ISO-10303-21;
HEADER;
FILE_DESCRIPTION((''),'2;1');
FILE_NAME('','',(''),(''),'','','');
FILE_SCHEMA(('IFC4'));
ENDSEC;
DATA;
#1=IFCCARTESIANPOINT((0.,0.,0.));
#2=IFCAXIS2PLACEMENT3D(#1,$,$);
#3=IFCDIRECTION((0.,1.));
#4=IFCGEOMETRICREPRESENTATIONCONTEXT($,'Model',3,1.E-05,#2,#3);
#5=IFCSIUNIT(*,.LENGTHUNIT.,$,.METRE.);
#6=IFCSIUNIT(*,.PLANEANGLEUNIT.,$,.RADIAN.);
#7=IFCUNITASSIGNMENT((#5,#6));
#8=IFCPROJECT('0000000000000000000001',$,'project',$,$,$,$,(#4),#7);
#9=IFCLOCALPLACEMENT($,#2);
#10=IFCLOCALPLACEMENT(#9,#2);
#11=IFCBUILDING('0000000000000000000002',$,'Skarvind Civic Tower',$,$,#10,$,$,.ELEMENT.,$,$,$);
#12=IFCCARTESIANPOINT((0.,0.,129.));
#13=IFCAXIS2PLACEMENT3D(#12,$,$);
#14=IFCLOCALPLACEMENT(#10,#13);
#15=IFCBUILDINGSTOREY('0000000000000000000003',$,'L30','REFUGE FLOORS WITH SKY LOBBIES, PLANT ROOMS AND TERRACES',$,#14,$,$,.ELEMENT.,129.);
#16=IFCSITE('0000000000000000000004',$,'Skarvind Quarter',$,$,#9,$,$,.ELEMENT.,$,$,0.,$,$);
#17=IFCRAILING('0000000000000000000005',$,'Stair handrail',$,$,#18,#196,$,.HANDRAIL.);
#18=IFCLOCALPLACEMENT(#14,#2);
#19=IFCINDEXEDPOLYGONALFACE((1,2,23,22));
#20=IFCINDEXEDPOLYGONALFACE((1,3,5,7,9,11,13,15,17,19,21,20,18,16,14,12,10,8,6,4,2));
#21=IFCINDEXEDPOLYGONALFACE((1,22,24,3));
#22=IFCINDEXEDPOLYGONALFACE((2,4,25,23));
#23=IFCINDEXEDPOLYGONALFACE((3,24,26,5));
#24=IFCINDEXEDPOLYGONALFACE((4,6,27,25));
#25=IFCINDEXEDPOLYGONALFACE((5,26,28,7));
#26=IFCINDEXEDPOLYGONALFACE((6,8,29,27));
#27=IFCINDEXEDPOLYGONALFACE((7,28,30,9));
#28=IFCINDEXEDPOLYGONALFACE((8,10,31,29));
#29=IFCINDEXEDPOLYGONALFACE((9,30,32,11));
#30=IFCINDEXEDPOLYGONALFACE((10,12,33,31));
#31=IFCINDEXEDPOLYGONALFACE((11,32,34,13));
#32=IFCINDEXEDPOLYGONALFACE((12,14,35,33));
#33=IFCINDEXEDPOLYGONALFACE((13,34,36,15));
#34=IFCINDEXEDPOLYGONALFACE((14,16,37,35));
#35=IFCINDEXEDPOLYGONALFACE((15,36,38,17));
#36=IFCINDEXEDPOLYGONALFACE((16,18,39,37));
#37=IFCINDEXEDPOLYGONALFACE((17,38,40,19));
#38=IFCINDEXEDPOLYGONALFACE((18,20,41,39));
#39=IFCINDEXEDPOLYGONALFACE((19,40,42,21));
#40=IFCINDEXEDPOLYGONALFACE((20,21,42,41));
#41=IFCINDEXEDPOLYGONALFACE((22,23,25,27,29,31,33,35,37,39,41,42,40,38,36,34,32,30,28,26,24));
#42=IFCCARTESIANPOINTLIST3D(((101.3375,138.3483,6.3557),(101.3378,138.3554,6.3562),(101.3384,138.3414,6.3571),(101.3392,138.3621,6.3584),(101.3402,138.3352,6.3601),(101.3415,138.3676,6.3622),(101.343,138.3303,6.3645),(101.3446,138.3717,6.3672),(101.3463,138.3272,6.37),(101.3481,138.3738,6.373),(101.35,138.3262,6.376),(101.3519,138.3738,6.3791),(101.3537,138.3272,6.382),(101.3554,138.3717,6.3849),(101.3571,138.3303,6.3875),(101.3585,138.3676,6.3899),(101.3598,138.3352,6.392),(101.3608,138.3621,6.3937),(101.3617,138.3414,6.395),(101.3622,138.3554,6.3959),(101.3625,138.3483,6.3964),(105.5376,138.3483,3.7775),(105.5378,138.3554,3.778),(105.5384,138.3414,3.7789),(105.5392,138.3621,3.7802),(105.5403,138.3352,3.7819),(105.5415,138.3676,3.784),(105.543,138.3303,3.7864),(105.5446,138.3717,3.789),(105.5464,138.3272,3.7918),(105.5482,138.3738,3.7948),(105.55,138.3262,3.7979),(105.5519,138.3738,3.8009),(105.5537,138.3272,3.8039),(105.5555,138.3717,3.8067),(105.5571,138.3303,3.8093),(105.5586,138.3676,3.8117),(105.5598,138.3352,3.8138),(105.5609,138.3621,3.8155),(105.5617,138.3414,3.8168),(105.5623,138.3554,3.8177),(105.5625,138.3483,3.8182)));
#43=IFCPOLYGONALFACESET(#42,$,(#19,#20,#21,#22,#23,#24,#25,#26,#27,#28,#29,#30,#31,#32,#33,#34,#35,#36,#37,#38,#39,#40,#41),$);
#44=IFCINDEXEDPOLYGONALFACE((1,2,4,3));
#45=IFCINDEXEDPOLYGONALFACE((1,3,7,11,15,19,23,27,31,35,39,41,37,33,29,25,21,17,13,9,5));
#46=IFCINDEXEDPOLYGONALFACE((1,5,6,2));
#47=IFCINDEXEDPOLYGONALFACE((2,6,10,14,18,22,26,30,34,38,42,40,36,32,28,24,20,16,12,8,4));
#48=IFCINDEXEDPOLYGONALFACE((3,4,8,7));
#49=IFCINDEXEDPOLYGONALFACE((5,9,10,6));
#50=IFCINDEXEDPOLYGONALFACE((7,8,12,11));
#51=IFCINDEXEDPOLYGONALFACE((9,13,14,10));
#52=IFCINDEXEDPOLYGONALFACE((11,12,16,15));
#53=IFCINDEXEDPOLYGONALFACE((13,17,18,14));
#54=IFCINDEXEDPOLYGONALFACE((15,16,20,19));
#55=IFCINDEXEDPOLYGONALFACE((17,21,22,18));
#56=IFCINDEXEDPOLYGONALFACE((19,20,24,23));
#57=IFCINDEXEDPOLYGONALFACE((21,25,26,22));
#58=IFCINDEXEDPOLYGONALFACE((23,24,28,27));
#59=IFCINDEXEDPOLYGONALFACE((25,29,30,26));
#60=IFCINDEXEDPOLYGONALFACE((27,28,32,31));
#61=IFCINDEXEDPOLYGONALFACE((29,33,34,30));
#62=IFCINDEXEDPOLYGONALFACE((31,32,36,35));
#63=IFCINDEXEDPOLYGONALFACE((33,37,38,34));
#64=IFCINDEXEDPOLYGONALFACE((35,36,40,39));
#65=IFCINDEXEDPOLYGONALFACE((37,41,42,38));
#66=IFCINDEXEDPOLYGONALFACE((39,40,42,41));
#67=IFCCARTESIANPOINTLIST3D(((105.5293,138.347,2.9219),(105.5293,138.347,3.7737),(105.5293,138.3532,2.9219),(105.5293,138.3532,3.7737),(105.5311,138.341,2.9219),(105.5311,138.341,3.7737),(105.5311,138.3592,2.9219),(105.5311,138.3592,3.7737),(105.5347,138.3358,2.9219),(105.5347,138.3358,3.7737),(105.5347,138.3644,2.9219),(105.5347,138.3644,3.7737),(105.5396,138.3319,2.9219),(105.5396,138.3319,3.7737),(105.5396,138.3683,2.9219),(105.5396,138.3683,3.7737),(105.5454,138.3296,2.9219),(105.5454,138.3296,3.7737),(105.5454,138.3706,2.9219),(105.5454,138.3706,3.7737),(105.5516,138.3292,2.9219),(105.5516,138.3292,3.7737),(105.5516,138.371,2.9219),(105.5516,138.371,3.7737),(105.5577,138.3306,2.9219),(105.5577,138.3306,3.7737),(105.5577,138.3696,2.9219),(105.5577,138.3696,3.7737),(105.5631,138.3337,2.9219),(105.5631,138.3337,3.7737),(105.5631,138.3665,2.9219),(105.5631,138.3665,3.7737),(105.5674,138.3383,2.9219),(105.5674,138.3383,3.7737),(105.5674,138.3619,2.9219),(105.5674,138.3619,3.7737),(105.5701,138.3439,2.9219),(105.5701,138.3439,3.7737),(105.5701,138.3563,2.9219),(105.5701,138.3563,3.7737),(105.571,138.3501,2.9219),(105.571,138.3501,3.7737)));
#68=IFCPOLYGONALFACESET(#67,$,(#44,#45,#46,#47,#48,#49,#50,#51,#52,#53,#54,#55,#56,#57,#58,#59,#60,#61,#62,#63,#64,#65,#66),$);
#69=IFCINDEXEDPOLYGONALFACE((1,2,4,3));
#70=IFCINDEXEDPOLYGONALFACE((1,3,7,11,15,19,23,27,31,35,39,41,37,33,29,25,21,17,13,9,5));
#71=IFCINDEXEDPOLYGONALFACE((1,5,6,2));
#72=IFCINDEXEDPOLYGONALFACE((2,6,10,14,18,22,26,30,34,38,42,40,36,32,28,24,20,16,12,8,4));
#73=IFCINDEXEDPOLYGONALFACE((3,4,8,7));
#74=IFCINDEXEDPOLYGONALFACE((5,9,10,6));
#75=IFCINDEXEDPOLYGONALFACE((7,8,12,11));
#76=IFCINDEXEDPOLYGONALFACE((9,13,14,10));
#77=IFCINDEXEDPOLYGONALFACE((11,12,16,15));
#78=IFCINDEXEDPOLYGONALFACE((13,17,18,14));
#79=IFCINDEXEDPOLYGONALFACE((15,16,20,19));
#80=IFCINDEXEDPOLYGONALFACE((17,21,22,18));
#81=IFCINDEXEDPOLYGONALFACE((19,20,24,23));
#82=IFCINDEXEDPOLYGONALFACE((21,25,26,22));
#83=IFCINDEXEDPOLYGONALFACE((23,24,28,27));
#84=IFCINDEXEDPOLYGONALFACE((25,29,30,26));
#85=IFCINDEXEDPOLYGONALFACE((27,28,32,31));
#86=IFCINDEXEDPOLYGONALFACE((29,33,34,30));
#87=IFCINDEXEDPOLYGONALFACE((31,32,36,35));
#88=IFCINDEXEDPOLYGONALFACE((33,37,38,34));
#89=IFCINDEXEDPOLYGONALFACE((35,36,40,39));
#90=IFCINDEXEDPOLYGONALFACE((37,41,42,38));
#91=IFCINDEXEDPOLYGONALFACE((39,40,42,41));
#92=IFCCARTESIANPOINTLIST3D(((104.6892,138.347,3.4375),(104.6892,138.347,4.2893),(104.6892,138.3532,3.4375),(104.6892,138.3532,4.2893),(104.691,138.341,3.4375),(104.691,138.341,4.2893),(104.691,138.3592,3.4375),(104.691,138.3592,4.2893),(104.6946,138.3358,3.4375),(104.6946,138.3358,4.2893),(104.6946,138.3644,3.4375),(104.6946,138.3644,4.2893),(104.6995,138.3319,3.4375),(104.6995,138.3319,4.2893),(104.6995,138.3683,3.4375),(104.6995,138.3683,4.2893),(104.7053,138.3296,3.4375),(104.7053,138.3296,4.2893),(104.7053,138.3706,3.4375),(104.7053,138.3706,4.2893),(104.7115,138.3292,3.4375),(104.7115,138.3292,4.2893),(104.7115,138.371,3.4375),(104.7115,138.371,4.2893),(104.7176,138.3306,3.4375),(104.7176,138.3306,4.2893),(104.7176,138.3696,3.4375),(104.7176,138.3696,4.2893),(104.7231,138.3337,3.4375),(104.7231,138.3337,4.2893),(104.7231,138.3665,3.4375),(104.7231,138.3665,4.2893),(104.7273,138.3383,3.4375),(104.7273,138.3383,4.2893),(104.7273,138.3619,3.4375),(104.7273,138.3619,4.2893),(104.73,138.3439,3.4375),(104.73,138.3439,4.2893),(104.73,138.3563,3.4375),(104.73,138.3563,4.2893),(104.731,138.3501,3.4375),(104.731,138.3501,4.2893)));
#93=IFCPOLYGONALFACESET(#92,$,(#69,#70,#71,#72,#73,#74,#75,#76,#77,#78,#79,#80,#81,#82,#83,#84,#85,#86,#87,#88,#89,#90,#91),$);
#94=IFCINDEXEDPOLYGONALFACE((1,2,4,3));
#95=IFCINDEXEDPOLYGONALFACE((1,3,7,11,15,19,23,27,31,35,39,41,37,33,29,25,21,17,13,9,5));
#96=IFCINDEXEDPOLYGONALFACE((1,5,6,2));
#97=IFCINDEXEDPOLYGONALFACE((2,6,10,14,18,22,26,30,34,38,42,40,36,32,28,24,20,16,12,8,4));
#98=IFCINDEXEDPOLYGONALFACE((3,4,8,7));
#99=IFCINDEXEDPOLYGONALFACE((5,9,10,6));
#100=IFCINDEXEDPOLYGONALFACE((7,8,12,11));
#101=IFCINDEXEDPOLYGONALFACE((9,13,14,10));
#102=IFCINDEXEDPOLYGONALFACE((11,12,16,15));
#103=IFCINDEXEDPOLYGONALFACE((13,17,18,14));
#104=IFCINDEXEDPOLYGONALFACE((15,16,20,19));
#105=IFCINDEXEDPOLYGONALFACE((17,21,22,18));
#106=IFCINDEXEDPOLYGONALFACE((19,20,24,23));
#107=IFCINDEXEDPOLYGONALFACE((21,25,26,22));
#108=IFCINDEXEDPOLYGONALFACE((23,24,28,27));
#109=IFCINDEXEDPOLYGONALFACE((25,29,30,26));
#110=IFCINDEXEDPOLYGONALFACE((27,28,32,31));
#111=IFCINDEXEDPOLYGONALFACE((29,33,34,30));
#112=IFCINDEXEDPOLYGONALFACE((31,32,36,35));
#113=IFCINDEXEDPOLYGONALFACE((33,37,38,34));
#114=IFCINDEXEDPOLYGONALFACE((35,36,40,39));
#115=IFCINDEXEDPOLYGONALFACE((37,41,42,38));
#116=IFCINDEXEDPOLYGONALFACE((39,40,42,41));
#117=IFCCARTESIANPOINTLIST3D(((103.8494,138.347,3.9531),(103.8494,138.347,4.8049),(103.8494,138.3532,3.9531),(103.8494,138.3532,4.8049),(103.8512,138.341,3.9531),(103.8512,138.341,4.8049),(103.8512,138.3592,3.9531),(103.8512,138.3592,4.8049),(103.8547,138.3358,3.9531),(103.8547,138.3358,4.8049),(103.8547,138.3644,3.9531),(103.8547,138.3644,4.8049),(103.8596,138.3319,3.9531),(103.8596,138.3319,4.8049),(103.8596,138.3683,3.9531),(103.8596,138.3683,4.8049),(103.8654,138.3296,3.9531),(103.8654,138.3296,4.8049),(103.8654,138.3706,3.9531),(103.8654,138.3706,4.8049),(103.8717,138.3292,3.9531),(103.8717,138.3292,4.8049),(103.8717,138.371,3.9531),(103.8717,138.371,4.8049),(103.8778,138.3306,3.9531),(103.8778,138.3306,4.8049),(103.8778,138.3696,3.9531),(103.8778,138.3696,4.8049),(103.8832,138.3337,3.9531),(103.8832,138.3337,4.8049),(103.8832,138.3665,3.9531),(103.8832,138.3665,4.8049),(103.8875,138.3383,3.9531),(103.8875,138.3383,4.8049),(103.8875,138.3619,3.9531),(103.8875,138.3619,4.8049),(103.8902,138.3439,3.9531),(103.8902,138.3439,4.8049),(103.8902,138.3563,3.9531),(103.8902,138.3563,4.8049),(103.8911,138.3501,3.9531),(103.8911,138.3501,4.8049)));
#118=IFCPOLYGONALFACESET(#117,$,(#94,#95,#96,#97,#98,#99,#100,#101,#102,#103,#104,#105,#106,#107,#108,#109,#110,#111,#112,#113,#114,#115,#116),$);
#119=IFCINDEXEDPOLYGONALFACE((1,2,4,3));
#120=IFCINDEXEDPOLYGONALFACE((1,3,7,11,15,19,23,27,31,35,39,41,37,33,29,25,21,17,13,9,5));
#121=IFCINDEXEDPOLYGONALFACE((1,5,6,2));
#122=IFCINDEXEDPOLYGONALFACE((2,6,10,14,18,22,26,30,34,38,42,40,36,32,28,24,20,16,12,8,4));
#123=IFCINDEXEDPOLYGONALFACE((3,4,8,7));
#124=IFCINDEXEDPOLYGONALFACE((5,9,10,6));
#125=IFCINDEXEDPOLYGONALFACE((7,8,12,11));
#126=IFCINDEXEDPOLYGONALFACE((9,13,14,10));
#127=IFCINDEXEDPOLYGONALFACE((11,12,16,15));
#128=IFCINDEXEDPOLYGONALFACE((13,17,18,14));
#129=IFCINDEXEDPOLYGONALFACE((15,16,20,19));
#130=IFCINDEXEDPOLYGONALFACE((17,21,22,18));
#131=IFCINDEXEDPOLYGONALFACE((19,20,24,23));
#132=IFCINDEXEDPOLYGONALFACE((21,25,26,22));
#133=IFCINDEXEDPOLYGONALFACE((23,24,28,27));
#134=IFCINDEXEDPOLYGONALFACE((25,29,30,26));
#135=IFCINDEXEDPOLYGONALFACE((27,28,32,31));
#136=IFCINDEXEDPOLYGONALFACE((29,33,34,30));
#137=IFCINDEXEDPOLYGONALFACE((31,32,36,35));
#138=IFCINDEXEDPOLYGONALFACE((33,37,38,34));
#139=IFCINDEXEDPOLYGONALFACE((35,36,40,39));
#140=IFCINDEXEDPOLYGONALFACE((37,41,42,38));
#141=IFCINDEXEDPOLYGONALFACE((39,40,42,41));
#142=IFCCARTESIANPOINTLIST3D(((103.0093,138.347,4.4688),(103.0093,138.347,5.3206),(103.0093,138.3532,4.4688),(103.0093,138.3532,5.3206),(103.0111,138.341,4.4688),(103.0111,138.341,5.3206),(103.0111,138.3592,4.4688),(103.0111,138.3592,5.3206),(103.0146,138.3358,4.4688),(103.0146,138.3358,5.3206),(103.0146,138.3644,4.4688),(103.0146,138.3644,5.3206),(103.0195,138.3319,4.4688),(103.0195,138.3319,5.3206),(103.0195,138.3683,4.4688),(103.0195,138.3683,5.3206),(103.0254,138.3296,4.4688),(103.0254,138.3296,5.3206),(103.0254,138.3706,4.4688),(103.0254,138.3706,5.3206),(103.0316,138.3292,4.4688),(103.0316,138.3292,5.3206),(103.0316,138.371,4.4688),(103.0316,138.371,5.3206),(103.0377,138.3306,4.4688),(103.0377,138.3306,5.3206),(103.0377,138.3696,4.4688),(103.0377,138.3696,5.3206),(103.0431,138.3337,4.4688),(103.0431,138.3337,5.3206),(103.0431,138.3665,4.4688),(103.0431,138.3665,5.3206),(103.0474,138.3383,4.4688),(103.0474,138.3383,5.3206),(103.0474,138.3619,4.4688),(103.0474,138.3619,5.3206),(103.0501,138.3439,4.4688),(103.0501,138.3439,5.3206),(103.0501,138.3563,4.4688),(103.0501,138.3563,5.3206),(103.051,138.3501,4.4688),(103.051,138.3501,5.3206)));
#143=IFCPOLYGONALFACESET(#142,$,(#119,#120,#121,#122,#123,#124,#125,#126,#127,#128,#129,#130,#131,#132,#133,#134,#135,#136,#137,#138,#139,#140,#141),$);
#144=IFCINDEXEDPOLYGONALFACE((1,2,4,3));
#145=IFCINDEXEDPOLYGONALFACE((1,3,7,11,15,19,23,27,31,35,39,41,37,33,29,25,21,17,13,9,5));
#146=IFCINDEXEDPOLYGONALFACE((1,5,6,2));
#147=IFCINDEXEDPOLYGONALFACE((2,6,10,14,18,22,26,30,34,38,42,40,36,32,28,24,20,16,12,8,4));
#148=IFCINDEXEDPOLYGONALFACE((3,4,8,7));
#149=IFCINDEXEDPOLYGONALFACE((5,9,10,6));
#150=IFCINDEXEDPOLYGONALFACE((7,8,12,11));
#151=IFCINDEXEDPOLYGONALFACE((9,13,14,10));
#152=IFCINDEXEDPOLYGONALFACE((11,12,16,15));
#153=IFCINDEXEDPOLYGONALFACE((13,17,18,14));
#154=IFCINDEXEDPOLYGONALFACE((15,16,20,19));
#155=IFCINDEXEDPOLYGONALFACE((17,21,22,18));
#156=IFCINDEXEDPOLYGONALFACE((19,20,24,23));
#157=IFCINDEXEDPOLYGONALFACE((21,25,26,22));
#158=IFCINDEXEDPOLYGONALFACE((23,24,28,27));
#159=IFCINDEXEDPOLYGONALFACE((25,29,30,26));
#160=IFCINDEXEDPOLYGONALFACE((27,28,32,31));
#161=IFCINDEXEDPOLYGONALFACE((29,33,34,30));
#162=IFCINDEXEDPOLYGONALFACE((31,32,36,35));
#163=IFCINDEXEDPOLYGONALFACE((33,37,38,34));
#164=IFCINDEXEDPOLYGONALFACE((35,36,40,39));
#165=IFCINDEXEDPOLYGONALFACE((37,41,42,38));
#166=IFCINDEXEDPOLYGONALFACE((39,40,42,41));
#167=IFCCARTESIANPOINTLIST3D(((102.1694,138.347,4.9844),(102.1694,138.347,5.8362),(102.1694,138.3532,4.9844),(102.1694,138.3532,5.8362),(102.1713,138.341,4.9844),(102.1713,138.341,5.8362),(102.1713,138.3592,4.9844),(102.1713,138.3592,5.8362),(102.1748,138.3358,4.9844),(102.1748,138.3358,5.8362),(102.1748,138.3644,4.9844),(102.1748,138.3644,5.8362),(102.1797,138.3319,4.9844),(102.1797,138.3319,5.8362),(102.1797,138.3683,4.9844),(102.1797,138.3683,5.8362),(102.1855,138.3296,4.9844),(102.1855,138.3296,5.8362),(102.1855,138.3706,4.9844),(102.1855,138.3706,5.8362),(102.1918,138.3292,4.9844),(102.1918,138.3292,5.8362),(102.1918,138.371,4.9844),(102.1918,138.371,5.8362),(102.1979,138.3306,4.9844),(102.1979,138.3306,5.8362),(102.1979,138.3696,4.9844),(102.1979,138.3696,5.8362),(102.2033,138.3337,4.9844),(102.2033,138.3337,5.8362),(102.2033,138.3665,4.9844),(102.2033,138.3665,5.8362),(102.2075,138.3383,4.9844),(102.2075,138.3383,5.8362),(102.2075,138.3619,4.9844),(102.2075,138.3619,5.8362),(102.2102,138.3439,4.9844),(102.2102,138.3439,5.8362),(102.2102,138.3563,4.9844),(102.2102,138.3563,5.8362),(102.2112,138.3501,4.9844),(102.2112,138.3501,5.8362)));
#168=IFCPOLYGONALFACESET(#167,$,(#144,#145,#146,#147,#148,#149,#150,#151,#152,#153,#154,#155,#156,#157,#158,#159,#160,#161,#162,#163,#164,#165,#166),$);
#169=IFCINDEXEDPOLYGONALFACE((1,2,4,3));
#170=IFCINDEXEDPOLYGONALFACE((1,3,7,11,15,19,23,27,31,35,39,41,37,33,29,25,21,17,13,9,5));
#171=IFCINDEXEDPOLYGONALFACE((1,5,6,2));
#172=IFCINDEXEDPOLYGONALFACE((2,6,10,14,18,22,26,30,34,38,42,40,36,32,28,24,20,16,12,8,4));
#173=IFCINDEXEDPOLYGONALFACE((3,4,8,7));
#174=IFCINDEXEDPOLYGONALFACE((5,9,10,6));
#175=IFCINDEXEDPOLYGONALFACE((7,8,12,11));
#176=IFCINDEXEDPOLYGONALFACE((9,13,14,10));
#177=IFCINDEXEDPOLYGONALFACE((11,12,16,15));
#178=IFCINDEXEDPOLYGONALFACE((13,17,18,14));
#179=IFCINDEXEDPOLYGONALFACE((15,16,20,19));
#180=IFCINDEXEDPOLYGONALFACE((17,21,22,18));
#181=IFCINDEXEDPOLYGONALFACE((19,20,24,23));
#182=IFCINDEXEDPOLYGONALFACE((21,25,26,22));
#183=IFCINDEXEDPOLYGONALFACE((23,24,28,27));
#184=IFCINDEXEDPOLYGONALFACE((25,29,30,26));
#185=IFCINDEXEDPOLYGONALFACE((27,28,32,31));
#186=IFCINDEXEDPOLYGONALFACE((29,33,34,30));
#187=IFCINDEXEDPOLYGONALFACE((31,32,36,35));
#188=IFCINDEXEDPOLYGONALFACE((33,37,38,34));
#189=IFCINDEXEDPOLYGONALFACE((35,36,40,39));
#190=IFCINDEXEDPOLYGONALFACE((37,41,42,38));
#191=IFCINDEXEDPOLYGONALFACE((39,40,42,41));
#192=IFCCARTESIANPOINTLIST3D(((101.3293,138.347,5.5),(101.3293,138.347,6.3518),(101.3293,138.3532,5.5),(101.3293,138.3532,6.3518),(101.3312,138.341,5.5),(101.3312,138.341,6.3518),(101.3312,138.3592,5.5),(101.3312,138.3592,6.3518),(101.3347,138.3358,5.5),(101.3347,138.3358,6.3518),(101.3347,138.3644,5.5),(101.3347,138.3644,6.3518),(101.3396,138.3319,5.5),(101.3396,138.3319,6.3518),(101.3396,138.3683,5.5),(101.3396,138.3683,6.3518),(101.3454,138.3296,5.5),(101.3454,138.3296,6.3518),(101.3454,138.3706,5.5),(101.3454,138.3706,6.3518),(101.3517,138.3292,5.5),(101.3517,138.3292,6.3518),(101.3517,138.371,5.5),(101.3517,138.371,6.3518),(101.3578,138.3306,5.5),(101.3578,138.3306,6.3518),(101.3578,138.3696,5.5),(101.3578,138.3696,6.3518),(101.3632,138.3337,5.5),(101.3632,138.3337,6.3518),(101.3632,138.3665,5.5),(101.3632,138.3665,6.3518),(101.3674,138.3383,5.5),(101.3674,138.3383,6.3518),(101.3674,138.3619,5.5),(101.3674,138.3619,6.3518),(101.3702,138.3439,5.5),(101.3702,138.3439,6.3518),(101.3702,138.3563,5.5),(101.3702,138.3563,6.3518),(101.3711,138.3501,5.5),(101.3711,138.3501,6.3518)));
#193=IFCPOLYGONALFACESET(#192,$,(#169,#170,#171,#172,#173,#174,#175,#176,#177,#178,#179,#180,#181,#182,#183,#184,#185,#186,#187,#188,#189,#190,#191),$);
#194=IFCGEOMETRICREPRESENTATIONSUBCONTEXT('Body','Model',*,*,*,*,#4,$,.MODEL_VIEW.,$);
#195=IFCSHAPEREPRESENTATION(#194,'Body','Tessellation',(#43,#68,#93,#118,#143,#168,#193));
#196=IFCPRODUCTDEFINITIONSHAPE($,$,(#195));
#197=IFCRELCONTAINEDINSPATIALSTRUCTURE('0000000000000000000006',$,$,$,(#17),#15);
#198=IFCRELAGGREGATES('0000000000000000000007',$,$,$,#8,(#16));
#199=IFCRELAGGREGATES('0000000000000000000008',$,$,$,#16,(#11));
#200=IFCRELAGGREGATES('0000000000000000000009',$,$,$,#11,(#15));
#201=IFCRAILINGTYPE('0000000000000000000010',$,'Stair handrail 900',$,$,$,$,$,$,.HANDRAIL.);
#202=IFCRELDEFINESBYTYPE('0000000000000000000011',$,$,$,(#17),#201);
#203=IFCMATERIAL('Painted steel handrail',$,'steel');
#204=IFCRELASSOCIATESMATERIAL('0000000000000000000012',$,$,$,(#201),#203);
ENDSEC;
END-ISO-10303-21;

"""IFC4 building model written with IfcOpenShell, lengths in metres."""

from ifc_helpers import new_model, si_unit, direction, frame, origin, origin_2d, place, context, subcontext, project, spatial, circle, extrude, material, type_object, element, save


model = new_model("IFC4")

# Units and contexts
model_context = context("Model", 3, precision=1e-05, world=origin(), true_north=direction((0.0, 1.0)))
body_context = subcontext(model_context, "Body", "Model", "MODEL_VIEW")
ifc_project = project(units=[si_unit("LENGTHUNIT", "METRE"), si_unit("PLANEANGLEUNIT", "RADIAN")], contexts=[model_context])

# Site, building, storey
site_placement = place(None, origin())
site = spatial("IfcSite", under=ifc_project, at=site_placement, Name="Skarvind Quarter", CompositionType="ELEMENT", RefElevation=0.0)
building_placement = place(site_placement, origin())
building = spatial("IfcBuilding", under=site, at=building_placement, Name="Skarvind Civic Tower", CompositionType="ELEMENT")
storey_placement = place(building_placement, frame((0.0, 0.0, 129.0)))
storey = spatial("IfcBuildingStorey", under=building, at=storey_placement, Name="L30", Description="REFUGE FLOORS WITH SKY LOBBIES, PLANT ROOMS AND TERRACES", CompositionType="ELEMENT", Elevation=129.0)

# Railing
ifc_material_1 = material(Name="Painted steel handrail", Category="steel")
railing_type = type_object("IfcRailingType", Name="Stair handrail 900", PredefinedType="HANDRAIL", material=ifc_material_1)
railing_1_placement = place(storey_placement, frame((105.55, 138.3501, 2.9219)))
element("IfcRailing", 1, at=railing_1_placement, inside=storey, type_object=railing_type, Name="Stair handrail", PredefinedType="HANDRAIL", context=body_context, shape_type="SweptSolid", body=[
    extrude(circle(Radius=0.0239, at=origin_2d()), frame((0.0, 0.0, 0.876), z_axis=(-0.852243, 0.0, 0.523146), x_axis=(0.0, -1.0, 0.0)), (0.0, 0.0, 1.0), 4.9282),
    extrude(circle(Radius=0.021, at=origin_2d()), origin(), (0.0, 0.0, 1.0), 0.8518),
    extrude(circle(Radius=0.021, at=origin_2d()), frame((-0.8401, 0.0, 0.5156)), (0.0, 0.0, 1.0), 0.8518),
    extrude(circle(Radius=0.021, at=origin_2d()), frame((-1.6799, 0.0, 1.0312)), (0.0, 0.0, 1.0), 0.8518),
    extrude(circle(Radius=0.021, at=origin_2d()), frame((-2.52, 0.0, 1.5469)), (0.0, 0.0, 1.0), 0.8518),
    extrude(circle(Radius=0.021, at=origin_2d()), frame((-3.3599, 0.0, 2.0625)), (0.0, 0.0, 1.0), 0.8518),
    extrude(circle(Radius=0.021, at=origin_2d()), frame((-4.2, 0.0, 2.5781)), (0.0, 0.0, 1.0), 0.8518),
])

save(model, "model.ifc")
